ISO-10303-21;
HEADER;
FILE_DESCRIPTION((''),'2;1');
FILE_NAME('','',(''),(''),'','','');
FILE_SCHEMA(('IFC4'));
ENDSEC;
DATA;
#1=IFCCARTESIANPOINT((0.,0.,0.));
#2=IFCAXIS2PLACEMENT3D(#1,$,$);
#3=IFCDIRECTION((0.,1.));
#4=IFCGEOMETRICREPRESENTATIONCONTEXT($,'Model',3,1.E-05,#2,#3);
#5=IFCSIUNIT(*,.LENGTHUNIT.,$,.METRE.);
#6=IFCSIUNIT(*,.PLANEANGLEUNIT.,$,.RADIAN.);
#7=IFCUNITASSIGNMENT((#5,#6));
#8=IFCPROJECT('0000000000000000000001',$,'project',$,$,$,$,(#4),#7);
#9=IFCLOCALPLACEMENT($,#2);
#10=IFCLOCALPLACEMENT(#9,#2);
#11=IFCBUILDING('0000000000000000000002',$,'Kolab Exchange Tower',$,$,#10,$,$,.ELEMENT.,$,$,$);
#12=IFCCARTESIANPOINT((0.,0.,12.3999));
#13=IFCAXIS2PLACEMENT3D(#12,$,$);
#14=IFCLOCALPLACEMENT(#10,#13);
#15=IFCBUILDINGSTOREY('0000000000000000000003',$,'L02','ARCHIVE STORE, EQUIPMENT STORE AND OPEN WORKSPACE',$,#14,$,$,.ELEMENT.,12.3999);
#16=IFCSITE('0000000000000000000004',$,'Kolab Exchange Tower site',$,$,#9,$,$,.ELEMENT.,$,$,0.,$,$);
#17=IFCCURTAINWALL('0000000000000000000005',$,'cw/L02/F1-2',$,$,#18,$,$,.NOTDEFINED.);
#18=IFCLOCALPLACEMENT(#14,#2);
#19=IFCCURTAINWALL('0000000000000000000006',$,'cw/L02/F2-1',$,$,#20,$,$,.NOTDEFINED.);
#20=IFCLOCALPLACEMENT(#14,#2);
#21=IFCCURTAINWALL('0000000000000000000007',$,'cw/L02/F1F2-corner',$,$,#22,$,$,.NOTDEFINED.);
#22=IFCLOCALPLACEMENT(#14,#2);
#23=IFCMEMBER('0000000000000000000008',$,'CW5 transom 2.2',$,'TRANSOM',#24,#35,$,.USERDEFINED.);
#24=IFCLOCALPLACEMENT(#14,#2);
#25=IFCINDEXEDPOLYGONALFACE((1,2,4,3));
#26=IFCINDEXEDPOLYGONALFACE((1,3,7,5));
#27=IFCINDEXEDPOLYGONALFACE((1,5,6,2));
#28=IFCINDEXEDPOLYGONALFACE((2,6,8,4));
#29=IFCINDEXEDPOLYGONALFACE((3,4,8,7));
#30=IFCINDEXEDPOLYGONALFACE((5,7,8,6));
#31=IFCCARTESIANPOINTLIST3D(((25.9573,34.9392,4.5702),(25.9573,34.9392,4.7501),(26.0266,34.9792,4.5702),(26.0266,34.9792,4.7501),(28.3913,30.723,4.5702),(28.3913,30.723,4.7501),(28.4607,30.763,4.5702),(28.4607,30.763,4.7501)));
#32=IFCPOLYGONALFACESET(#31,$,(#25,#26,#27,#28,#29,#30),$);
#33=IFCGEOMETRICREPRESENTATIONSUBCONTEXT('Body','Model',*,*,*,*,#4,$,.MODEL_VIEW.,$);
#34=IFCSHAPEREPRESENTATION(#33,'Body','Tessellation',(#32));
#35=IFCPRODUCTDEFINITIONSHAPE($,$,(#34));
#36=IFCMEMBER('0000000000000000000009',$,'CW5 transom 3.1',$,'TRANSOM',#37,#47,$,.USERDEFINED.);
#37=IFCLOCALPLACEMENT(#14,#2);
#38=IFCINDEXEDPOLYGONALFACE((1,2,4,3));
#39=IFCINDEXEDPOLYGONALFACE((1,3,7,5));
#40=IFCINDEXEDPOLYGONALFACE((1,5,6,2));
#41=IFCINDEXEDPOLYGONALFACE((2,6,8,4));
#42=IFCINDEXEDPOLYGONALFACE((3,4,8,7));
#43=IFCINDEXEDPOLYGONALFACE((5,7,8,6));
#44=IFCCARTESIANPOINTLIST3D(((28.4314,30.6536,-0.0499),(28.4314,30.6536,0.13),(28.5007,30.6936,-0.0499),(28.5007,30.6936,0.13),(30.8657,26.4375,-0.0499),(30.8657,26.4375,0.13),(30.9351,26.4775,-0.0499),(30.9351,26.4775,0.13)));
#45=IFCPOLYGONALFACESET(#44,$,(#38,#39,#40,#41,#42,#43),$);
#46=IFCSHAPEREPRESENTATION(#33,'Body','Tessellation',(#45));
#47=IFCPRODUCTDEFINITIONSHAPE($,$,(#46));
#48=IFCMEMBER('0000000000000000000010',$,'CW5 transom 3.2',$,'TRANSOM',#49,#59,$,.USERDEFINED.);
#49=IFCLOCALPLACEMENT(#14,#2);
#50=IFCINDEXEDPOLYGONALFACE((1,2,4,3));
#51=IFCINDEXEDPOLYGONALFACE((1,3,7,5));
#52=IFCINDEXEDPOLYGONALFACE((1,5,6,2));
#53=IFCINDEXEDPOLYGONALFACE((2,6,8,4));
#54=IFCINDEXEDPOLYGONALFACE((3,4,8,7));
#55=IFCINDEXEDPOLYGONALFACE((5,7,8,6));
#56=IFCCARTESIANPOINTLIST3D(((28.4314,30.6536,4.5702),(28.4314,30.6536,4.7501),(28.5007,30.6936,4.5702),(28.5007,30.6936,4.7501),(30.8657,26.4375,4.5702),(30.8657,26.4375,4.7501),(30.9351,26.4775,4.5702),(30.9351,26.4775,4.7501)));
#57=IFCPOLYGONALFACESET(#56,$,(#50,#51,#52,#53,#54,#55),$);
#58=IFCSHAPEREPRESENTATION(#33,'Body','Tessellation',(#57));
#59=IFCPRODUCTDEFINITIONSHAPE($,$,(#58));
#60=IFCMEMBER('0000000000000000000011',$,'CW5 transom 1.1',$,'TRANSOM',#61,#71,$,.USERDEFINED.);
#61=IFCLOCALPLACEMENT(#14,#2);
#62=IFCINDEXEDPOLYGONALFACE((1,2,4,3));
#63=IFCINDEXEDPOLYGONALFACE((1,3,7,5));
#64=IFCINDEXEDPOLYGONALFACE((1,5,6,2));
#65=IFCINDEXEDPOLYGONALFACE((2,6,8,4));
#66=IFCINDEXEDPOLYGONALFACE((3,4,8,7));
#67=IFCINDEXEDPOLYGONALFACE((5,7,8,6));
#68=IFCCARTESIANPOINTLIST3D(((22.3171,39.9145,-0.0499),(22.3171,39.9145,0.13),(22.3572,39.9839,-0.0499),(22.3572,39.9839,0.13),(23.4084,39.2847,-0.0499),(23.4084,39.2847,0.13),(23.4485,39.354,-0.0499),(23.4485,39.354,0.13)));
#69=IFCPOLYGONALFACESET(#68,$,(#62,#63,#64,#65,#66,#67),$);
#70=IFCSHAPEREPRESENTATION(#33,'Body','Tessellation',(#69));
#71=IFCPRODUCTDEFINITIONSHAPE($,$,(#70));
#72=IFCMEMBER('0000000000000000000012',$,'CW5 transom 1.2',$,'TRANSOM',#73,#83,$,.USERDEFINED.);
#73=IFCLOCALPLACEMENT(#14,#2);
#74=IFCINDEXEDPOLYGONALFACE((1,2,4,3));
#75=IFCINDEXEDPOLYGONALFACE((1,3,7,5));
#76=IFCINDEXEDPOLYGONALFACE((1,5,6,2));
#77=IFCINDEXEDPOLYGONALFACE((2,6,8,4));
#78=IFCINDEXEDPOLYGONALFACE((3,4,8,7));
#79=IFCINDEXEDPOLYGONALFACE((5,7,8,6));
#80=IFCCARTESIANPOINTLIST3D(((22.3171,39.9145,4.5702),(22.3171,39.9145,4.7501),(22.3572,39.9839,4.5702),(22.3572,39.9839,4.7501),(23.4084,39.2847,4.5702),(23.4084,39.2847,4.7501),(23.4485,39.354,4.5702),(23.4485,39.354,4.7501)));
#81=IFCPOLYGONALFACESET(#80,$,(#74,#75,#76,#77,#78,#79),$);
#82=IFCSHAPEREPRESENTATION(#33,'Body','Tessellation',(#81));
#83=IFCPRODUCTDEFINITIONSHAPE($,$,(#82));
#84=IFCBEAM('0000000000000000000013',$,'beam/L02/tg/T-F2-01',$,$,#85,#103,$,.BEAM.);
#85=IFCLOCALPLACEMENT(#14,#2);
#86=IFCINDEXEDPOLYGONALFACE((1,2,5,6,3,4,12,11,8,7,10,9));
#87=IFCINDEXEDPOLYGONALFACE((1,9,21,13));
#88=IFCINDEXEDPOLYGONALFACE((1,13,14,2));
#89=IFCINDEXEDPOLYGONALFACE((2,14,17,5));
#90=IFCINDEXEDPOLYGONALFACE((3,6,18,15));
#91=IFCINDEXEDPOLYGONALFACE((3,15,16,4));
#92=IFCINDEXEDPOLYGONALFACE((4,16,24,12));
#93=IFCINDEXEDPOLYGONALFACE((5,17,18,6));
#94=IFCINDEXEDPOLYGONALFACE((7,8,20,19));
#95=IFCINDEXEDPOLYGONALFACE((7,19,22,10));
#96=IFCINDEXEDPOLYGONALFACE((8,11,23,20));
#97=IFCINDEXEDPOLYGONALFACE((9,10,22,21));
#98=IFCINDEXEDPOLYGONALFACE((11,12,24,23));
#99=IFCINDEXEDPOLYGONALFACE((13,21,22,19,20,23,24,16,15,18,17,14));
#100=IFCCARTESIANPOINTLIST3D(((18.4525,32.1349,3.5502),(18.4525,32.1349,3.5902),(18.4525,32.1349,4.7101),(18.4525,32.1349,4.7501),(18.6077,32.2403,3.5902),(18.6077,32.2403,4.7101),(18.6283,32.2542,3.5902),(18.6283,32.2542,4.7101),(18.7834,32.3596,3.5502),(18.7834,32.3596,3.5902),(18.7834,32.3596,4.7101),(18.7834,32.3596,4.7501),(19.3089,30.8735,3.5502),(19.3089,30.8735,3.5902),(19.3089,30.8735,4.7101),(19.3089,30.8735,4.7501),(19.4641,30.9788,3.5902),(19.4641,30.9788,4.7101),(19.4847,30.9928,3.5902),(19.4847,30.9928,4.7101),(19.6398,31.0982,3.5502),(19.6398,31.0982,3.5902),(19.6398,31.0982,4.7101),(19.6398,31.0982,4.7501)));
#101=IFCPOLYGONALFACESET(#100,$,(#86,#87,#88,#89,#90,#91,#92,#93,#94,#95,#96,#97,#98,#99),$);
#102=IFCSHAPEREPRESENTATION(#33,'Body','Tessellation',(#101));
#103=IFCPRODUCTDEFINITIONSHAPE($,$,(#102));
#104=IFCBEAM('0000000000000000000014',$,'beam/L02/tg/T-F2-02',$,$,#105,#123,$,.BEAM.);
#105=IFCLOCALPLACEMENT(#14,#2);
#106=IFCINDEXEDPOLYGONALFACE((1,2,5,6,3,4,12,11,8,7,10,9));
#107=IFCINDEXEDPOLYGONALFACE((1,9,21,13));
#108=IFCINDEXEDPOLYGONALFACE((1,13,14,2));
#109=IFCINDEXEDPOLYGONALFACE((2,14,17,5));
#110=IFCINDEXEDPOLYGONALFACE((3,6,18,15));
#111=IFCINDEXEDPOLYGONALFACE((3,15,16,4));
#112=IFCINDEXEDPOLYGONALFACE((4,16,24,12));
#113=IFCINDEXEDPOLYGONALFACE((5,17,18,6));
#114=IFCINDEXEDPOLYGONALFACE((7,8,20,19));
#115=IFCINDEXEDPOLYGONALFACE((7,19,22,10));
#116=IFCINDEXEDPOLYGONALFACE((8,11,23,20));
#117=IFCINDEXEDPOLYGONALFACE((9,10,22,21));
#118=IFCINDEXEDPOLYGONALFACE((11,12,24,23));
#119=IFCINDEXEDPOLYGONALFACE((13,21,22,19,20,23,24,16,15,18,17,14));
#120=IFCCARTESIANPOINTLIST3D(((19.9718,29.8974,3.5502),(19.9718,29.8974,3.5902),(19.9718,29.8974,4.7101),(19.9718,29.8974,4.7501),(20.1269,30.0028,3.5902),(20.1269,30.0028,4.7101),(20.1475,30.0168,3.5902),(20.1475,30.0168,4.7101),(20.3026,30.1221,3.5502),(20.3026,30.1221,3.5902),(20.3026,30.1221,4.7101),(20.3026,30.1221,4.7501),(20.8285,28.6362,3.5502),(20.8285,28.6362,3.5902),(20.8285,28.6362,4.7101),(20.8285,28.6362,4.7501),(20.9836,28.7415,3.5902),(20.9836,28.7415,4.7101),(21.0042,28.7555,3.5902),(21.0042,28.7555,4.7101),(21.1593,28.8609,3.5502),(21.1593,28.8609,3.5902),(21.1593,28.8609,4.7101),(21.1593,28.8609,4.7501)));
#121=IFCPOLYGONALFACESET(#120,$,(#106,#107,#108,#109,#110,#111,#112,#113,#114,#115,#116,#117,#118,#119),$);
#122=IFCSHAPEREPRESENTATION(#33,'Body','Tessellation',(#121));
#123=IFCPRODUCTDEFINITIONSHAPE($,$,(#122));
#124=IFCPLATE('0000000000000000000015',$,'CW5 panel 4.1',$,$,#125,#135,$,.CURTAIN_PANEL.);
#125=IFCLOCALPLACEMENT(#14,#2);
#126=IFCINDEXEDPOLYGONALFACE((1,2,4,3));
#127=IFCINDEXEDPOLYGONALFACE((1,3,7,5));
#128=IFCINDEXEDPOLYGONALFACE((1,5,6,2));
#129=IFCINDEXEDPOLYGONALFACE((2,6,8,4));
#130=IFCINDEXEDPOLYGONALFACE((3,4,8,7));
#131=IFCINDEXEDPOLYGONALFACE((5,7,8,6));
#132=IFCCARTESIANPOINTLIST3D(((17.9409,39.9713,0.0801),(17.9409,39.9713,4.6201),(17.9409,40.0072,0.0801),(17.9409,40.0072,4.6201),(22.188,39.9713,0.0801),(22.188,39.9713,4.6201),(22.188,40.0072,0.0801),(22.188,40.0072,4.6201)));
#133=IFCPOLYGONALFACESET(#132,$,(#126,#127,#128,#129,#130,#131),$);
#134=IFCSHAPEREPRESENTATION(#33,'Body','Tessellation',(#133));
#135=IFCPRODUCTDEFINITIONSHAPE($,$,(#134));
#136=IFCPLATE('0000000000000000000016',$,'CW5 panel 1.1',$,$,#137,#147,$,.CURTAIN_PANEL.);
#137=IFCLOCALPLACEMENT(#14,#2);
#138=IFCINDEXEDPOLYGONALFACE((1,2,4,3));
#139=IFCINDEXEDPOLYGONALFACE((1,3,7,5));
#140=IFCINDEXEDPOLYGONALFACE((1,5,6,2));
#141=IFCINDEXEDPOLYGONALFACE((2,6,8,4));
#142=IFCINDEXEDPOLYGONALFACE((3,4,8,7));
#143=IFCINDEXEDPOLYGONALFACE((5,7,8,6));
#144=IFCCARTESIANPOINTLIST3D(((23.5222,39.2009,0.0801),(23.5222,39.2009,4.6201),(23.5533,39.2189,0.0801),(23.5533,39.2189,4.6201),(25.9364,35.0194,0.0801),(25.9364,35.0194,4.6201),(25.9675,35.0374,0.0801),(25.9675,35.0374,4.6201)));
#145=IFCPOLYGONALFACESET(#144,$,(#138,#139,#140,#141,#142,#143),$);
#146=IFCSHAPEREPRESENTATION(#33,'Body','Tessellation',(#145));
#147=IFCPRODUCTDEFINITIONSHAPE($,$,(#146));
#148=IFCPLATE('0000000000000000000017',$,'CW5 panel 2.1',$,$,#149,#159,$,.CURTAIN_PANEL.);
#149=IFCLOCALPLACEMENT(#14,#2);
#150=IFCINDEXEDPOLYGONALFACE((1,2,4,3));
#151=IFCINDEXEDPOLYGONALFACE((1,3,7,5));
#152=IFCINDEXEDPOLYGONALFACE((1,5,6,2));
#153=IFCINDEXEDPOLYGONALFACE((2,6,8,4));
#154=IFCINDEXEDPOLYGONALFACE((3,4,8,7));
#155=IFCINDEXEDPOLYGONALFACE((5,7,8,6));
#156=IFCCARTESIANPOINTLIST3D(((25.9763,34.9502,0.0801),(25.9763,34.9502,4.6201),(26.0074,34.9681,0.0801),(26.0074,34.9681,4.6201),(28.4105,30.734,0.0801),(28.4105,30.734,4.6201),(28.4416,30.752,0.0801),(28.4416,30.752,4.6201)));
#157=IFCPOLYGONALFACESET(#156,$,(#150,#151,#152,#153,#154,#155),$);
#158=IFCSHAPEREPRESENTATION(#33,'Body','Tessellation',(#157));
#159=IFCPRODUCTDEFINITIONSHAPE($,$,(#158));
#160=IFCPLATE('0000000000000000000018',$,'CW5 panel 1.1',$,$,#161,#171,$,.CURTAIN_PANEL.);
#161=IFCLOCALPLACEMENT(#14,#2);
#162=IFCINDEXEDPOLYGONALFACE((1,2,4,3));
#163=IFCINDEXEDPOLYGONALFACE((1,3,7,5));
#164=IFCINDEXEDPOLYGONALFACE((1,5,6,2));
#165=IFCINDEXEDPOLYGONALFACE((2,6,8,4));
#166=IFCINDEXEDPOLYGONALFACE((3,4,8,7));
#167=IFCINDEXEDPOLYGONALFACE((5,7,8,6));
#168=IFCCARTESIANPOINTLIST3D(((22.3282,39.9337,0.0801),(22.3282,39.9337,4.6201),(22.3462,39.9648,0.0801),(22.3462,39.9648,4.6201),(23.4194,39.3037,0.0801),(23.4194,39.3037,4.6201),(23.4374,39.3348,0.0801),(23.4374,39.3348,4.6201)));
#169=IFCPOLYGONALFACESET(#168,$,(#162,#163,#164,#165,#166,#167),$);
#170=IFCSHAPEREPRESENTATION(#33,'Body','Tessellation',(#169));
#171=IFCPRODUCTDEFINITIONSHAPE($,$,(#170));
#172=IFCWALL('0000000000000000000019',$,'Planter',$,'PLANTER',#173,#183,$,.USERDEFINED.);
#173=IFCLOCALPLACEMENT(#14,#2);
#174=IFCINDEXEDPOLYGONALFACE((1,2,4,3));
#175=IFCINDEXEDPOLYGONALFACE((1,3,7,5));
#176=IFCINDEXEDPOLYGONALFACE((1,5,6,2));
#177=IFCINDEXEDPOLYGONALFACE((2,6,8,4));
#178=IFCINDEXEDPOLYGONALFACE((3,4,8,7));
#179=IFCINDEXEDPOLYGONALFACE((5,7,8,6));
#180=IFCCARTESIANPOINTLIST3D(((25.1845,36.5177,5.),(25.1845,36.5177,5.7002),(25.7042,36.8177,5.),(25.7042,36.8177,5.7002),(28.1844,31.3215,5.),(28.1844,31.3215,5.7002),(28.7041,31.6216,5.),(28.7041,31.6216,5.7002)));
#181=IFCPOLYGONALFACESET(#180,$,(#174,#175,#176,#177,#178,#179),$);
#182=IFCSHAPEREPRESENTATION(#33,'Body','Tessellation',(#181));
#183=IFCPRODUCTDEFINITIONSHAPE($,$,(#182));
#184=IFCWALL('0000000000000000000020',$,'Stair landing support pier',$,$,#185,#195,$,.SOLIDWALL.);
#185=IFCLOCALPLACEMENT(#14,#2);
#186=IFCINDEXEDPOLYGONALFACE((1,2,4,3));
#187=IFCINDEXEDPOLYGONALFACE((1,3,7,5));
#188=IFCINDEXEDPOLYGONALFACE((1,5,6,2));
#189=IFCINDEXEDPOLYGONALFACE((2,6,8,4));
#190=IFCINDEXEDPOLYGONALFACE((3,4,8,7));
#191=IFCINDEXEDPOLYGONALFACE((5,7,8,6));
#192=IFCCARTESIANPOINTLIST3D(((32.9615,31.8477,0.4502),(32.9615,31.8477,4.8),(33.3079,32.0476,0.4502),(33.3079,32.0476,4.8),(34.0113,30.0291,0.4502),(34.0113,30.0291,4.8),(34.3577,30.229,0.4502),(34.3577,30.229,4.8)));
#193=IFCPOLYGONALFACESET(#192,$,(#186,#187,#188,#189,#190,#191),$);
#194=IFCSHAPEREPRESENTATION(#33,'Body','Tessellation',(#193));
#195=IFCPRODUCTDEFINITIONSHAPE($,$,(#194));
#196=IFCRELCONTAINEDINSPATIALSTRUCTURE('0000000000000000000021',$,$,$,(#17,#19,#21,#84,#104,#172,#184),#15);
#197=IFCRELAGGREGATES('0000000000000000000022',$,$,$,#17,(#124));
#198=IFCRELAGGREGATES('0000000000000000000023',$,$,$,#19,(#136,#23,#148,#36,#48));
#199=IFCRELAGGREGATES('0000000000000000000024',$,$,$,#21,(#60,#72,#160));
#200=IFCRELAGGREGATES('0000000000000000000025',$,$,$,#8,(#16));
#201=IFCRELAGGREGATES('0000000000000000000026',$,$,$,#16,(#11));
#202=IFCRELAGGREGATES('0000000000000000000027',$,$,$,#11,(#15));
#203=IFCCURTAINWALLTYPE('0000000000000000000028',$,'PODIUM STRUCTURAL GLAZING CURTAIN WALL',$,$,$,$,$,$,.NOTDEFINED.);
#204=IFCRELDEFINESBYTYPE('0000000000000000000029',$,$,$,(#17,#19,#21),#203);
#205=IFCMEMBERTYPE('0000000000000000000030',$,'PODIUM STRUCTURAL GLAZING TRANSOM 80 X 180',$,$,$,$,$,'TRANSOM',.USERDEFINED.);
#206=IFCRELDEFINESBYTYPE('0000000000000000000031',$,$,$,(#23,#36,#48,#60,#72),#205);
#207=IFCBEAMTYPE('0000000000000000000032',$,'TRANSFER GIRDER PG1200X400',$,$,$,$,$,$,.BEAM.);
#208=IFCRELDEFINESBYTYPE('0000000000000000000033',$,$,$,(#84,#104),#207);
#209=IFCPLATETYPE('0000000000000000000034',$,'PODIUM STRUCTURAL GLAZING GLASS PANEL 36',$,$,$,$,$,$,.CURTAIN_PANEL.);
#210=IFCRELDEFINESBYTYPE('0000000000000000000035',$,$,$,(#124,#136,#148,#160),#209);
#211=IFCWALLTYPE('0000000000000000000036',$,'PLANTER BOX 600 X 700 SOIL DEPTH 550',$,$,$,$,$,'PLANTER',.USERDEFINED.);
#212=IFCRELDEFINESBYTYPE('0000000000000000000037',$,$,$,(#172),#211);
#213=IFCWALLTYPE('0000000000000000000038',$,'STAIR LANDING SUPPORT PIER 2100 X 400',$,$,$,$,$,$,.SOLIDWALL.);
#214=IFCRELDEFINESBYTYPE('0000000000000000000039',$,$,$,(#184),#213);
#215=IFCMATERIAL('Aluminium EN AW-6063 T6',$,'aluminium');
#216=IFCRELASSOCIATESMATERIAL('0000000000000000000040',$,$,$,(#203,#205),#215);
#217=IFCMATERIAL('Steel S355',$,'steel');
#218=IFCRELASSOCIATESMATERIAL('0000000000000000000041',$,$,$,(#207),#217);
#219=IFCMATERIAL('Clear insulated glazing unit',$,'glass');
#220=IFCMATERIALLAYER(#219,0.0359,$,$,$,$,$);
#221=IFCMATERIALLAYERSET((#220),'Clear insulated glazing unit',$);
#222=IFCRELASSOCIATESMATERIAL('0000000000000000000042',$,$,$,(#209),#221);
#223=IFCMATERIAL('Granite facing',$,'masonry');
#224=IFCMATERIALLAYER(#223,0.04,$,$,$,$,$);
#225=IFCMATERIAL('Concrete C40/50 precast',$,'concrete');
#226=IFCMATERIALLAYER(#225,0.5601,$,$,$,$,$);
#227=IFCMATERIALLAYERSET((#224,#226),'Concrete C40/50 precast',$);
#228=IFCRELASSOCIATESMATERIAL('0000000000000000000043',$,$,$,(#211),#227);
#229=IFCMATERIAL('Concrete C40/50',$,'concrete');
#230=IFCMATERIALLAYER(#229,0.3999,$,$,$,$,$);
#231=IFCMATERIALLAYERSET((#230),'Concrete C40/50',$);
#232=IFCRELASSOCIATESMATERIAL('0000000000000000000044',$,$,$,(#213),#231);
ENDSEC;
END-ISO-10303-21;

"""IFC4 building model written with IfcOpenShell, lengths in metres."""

from ifc_helpers import new_model, si_unit, direction, frame, frame_2d, origin, origin_2d, place, context, subcontext, project, spatial, rectangle, i_section, extrude, material, layer, layer_set, material_profile, profile_set, type_object, element, aggregate, save


model = new_model("IFC4")

# Units and contexts
model_context = context("Model", 3, precision=1e-05, world=origin(), true_north=direction((0.0, 1.0)))
body_context = subcontext(model_context, "Body", "Model", "MODEL_VIEW")
ifc_project = project(units=[si_unit("LENGTHUNIT", "METRE"), si_unit("PLANEANGLEUNIT", "RADIAN")], contexts=[model_context])

# Site, building, storey
site_placement = place(None, origin())
site = spatial("IfcSite", under=ifc_project, at=site_placement, Name="Kolab Exchange Tower site", CompositionType="ELEMENT", RefElevation=0.0)
building_placement = place(site_placement, origin())
building = spatial("IfcBuilding", under=site, at=building_placement, Name="Kolab Exchange Tower", CompositionType="ELEMENT")
storey_placement = place(building_placement, frame((0.0, 0.0, 12.3999)))
storey = spatial("IfcBuildingStorey", under=building, at=storey_placement, Name="L02", Description="ARCHIVE STORE, EQUIPMENT STORE AND OPEN WORKSPACE", CompositionType="ELEMENT", Elevation=12.3999)

# Shared definitions
ifc_material_1 = material(Name="Steel S355", Category="steel")

# Curtain wall
ifc_material_2 = material(Name="Aluminium EN AW-6063 T6", Category="aluminium")
curtain_wall_type = type_object("IfcCurtainWallType", Name="PODIUM STRUCTURAL GLAZING CURTAIN WALL", PredefinedType="NOTDEFINED", material=ifc_material_2)
curtain_wall_1_placement = place(storey_placement, origin())
curtain_wall_1 = element("IfcCurtainWall", 1, at=curtain_wall_1_placement, inside=storey, type_object=curtain_wall_type, Name="cw/L02/F1-2", PredefinedType="NOTDEFINED")

# Curtain walls
curtain_wall_2_placement = place(storey_placement, origin())
curtain_wall_2 = element("IfcCurtainWall", 2, at=curtain_wall_2_placement, inside=storey, type_object=curtain_wall_type, Name="cw/L02/F2-1", PredefinedType="NOTDEFINED")
curtain_wall_3_placement = place(storey_placement, origin())
curtain_wall_3 = element("IfcCurtainWall", 3, at=curtain_wall_3_placement, inside=storey, type_object=curtain_wall_type, Name="cw/L02/F1F2-corner", PredefinedType="NOTDEFINED")

# Members
ifc_material_profile_1 = material_profile(ifc_material_2, rectangle(XDim=0.0801, YDim=0.1799, at=origin_2d()), Name="RECT 80X180")
ifc_profile_set_1 = profile_set([ifc_material_profile_1], Name="Aluminium EN AW-6063 T6")
member_type_1 = type_object("IfcMemberType", Name="PODIUM STRUCTURAL GLAZING TRANSOM 80 X 180", ElementType="TRANSOM", PredefinedType="USERDEFINED", material=ifc_profile_set_1)
member_1_placement = place(storey_placement, frame((25.9919, 34.9592, 4.6602), z_axis=(0.499968, -0.866044, 0.0), x_axis=(0.866044, 0.499968, 0.0)))
member_1 = element("IfcMember", 4, at=member_1_placement, type_object=member_type_1, Name="CW5 transom 2.2", ObjectType="TRANSOM", PredefinedType="USERDEFINED", context=body_context, shape_type="SweptSolid", body=[
    extrude(rectangle(XDim=0.0801, YDim=0.1799, at=origin_2d()), origin(), (0.0, 0.0, 1.0), 4.8684),
])
member_2_placement = place(storey_placement, frame((28.4661, 30.6736, 0.04), z_axis=(0.500028, -0.866009, 0.0), x_axis=(0.866009, 0.500028, 0.0)))
member_2 = element("IfcMember", 5, at=member_2_placement, type_object=member_type_1, Name="CW5 transom 3.1", ObjectType="TRANSOM", PredefinedType="USERDEFINED", context=body_context, shape_type="SweptSolid", body=[
    extrude(rectangle(XDim=0.0801, YDim=0.1799, at=origin_2d()), origin(), (0.0, 0.0, 1.0), 4.8684),
])
member_3_placement = place(storey_placement, frame((28.4661, 30.6736, 4.6602), z_axis=(0.500028, -0.866009, 0.0), x_axis=(0.866009, 0.500028, 0.0)))
member_3 = element("IfcMember", 6, at=member_3_placement, type_object=member_type_1, Name="CW5 transom 3.2", ObjectType="TRANSOM", PredefinedType="USERDEFINED", context=body_context, shape_type="SweptSolid", body=[
    extrude(rectangle(XDim=0.0801, YDim=0.1799, at=origin_2d()), origin(), (0.0, 0.0, 1.0), 4.8684),
])
member_4_placement = place(storey_placement, frame((22.3372, 39.9492, 0.04), z_axis=(0.866089, -0.49989, 0.0), x_axis=(0.49989, 0.866089, 0.0)))
member_4 = element("IfcMember", 7, at=member_4_placement, type_object=member_type_1, Name="CW5 transom 1.1", ObjectType="TRANSOM", PredefinedType="USERDEFINED", context=body_context, shape_type="SweptSolid", body=[
    extrude(rectangle(XDim=0.0801, YDim=0.1799, at=origin_2d()), origin(), (0.0, 0.0, 1.0), 1.26),
])
member_5_placement = place(storey_placement, frame((22.3372, 39.9492, 4.6602), z_axis=(0.866089, -0.49989, 0.0), x_axis=(0.49989, 0.866089, 0.0)))
member_5 = element("IfcMember", 8, at=member_5_placement, type_object=member_type_1, Name="CW5 transom 1.2", ObjectType="TRANSOM", PredefinedType="USERDEFINED", context=body_context, shape_type="SweptSolid", body=[
    extrude(rectangle(XDim=0.0801, YDim=0.1799, at=origin_2d()), origin(), (0.0, 0.0, 1.0), 1.26),
])

# Beams
ifc_material_profile_2 = material_profile(ifc_material_1, i_section(OverallWidth=0.3999, OverallDepth=1.2, WebThickness=0.0249, FlangeThickness=0.04, at=origin_2d()), Name="PG1200X400")
ifc_profile_set_2 = profile_set([ifc_material_profile_2], Name="Steel S355")
beam_type_1 = type_object("IfcBeamType", Name="TRANSFER GIRDER PG1200X400", PredefinedType="BEAM", material=ifc_profile_set_2)
for number, where, z_axis, x_axis, name in (
    (9, (19.4744, 30.9858, 4.1501), (-0.561701, 0.82734, 0.0), (-0.82734, -0.561701, 0.0), "beam/L02/tg/T-F2-01"),
    (10, (20.1372, 30.0098, 4.1501), (0.561885, -0.827215, 0.0), (0.827215, 0.561885, 0.0), "beam/L02/tg/T-F2-02"),
):
    element("IfcBeam", number, at=place(storey_placement, frame(where, z_axis=z_axis, x_axis=x_axis)), inside=storey, type_object=beam_type_1, Name=name, PredefinedType="BEAM", context=body_context, shape_type="SweptSolid", body=[
        extrude(i_section(OverallWidth=0.3999, OverallDepth=1.2, WebThickness=0.0249, FlangeThickness=0.04, at=origin_2d()), origin(), (0.0, 0.0, 1.0), 1.5247),
    ])

# Plates
ifc_material_3 = material(Name="Clear insulated glazing unit", Category="glass")
ifc_layer_1 = layer(ifc_material_3, 0.0359)
ifc_layer_set_1 = layer_set([ifc_layer_1], Name="Clear insulated glazing unit")
plate_type = type_object("IfcPlateType", Name="PODIUM STRUCTURAL GLAZING GLASS PANEL 36", PredefinedType="CURTAIN_PANEL", material=ifc_layer_set_1)
plate_1_placement = place(storey_placement, frame((20.0645, 39.9893, 0.0801), z_axis=(0.0, 0.0, 1.0), x_axis=(1.0, 0.0, 0.0)))
plate_1 = element("IfcPlate", 11, at=plate_1_placement, type_object=plate_type, Name="CW5 panel 4.1", PredefinedType="CURTAIN_PANEL", context=body_context, shape_type="SweptSolid", body=[
    extrude(rectangle(XDim=4.2471, YDim=0.0359, at=origin_2d()), origin(), (0.0, 0.0, 1.0), 4.54),
])
aggregate(curtain_wall_1, [plate_1])
plate_2_placement = place(storey_placement, frame((24.7449, 37.1191, 0.0801), z_axis=(0.0, 0.0, 1.0), x_axis=(0.5, -0.866025, 0.0)))
plate_2 = element("IfcPlate", 12, at=plate_2_placement, type_object=plate_type, Name="CW5 panel 1.1", PredefinedType="CURTAIN_PANEL", context=body_context, shape_type="SweptSolid", body=[
    extrude(rectangle(XDim=4.8284, YDim=0.0359, at=origin_2d()), origin(), (0.0, 0.0, 1.0), 4.54),
])
plate_3_placement = place(storey_placement, frame((27.209, 32.8511, 0.0801), z_axis=(0.0, 0.0, 1.0), x_axis=(0.5, -0.866025, 0.0)))
plate_3 = element("IfcPlate", 13, at=plate_3_placement, type_object=plate_type, Name="CW5 panel 2.1", PredefinedType="CURTAIN_PANEL", context=body_context, shape_type="SweptSolid", body=[
    extrude(rectangle(XDim=4.8684, YDim=0.0359, at=origin_2d()), origin(), (0.0, 0.0, 1.0), 4.54),
])
aggregate(curtain_wall_2, [plate_2, member_1, plate_3, member_2, member_3])
plate_4_placement = place(storey_placement, frame((22.8828, 39.6343, 0.0801), z_axis=(0.0, 0.0, 1.0), x_axis=(0.866025, -0.5, 0.0)))
plate_4 = element("IfcPlate", 14, at=plate_4_placement, type_object=plate_type, Name="CW5 panel 1.1", PredefinedType="CURTAIN_PANEL", context=body_context, shape_type="SweptSolid", body=[
    extrude(rectangle(XDim=1.26, YDim=0.0359, at=origin_2d()), origin(), (0.0, 0.0, 1.0), 4.54),
])
aggregate(curtain_wall_3, [member_4, member_5, plate_4])

# Walls
ifc_material_4 = material(Name="Granite facing", Category="masonry")
ifc_layer_2 = layer(ifc_material_4, 0.04)
ifc_material_5 = material(Name="Concrete C40/50 precast", Category="concrete")
ifc_layer_3 = layer(ifc_material_5, 0.5601)
ifc_layer_set_2 = layer_set([ifc_layer_2, ifc_layer_3], Name="Concrete C40/50 precast")
wall_type_1 = type_object("IfcWallType", Name="PLANTER BOX 600 X 700 SOIL DEPTH 550", ElementType="PLANTER", PredefinedType="USERDEFINED", material=ifc_layer_set_2)
wall_1_placement = place(storey_placement, frame((25.4443, 36.6677, 5.0), z_axis=(0.0, 0.0, 1.0), x_axis=(0.49999, -0.866031, 0.0)))
element("IfcWall", 15, at=wall_1_placement, inside=storey, type_object=wall_type_1, Name="Planter", ObjectType="PLANTER", PredefinedType="USERDEFINED", context=body_context, shape_type="SweptSolid", body=[
    extrude(rectangle(XDim=6.0, YDim=0.6001, at=frame_2d((3.0, 0.0))), origin(), (0.0, 0.0, 1.0), 0.7002),
])
ifc_material_6 = material(Name="Concrete C40/50", Category="concrete")
ifc_layer_4 = layer(ifc_material_6, 0.3999)
ifc_layer_set_3 = layer_set([ifc_layer_4], Name="Concrete C40/50")
wall_type_2 = type_object("IfcWallType", Name="STAIR LANDING SUPPORT PIER 2100 X 400", PredefinedType="SOLIDWALL", material=ifc_layer_set_3)
wall_2_placement = place(storey_placement, frame((33.1348, 31.9475, 0.4502), z_axis=(0.0, 0.0, 1.0), x_axis=(0.499941, -0.86606, 0.0)))
element("IfcWall", 16, at=wall_2_placement, inside=storey, type_object=wall_type_2, Name="Stair landing support pier", PredefinedType="SOLIDWALL", context=body_context, shape_type="SweptSolid", body=[
    extrude(rectangle(XDim=2.0999, YDim=0.3999, at=frame_2d((1.0498, 0.0))), origin(), (0.0, 0.0, 1.0), 4.3499),
])

save(model, "model.ifc")
